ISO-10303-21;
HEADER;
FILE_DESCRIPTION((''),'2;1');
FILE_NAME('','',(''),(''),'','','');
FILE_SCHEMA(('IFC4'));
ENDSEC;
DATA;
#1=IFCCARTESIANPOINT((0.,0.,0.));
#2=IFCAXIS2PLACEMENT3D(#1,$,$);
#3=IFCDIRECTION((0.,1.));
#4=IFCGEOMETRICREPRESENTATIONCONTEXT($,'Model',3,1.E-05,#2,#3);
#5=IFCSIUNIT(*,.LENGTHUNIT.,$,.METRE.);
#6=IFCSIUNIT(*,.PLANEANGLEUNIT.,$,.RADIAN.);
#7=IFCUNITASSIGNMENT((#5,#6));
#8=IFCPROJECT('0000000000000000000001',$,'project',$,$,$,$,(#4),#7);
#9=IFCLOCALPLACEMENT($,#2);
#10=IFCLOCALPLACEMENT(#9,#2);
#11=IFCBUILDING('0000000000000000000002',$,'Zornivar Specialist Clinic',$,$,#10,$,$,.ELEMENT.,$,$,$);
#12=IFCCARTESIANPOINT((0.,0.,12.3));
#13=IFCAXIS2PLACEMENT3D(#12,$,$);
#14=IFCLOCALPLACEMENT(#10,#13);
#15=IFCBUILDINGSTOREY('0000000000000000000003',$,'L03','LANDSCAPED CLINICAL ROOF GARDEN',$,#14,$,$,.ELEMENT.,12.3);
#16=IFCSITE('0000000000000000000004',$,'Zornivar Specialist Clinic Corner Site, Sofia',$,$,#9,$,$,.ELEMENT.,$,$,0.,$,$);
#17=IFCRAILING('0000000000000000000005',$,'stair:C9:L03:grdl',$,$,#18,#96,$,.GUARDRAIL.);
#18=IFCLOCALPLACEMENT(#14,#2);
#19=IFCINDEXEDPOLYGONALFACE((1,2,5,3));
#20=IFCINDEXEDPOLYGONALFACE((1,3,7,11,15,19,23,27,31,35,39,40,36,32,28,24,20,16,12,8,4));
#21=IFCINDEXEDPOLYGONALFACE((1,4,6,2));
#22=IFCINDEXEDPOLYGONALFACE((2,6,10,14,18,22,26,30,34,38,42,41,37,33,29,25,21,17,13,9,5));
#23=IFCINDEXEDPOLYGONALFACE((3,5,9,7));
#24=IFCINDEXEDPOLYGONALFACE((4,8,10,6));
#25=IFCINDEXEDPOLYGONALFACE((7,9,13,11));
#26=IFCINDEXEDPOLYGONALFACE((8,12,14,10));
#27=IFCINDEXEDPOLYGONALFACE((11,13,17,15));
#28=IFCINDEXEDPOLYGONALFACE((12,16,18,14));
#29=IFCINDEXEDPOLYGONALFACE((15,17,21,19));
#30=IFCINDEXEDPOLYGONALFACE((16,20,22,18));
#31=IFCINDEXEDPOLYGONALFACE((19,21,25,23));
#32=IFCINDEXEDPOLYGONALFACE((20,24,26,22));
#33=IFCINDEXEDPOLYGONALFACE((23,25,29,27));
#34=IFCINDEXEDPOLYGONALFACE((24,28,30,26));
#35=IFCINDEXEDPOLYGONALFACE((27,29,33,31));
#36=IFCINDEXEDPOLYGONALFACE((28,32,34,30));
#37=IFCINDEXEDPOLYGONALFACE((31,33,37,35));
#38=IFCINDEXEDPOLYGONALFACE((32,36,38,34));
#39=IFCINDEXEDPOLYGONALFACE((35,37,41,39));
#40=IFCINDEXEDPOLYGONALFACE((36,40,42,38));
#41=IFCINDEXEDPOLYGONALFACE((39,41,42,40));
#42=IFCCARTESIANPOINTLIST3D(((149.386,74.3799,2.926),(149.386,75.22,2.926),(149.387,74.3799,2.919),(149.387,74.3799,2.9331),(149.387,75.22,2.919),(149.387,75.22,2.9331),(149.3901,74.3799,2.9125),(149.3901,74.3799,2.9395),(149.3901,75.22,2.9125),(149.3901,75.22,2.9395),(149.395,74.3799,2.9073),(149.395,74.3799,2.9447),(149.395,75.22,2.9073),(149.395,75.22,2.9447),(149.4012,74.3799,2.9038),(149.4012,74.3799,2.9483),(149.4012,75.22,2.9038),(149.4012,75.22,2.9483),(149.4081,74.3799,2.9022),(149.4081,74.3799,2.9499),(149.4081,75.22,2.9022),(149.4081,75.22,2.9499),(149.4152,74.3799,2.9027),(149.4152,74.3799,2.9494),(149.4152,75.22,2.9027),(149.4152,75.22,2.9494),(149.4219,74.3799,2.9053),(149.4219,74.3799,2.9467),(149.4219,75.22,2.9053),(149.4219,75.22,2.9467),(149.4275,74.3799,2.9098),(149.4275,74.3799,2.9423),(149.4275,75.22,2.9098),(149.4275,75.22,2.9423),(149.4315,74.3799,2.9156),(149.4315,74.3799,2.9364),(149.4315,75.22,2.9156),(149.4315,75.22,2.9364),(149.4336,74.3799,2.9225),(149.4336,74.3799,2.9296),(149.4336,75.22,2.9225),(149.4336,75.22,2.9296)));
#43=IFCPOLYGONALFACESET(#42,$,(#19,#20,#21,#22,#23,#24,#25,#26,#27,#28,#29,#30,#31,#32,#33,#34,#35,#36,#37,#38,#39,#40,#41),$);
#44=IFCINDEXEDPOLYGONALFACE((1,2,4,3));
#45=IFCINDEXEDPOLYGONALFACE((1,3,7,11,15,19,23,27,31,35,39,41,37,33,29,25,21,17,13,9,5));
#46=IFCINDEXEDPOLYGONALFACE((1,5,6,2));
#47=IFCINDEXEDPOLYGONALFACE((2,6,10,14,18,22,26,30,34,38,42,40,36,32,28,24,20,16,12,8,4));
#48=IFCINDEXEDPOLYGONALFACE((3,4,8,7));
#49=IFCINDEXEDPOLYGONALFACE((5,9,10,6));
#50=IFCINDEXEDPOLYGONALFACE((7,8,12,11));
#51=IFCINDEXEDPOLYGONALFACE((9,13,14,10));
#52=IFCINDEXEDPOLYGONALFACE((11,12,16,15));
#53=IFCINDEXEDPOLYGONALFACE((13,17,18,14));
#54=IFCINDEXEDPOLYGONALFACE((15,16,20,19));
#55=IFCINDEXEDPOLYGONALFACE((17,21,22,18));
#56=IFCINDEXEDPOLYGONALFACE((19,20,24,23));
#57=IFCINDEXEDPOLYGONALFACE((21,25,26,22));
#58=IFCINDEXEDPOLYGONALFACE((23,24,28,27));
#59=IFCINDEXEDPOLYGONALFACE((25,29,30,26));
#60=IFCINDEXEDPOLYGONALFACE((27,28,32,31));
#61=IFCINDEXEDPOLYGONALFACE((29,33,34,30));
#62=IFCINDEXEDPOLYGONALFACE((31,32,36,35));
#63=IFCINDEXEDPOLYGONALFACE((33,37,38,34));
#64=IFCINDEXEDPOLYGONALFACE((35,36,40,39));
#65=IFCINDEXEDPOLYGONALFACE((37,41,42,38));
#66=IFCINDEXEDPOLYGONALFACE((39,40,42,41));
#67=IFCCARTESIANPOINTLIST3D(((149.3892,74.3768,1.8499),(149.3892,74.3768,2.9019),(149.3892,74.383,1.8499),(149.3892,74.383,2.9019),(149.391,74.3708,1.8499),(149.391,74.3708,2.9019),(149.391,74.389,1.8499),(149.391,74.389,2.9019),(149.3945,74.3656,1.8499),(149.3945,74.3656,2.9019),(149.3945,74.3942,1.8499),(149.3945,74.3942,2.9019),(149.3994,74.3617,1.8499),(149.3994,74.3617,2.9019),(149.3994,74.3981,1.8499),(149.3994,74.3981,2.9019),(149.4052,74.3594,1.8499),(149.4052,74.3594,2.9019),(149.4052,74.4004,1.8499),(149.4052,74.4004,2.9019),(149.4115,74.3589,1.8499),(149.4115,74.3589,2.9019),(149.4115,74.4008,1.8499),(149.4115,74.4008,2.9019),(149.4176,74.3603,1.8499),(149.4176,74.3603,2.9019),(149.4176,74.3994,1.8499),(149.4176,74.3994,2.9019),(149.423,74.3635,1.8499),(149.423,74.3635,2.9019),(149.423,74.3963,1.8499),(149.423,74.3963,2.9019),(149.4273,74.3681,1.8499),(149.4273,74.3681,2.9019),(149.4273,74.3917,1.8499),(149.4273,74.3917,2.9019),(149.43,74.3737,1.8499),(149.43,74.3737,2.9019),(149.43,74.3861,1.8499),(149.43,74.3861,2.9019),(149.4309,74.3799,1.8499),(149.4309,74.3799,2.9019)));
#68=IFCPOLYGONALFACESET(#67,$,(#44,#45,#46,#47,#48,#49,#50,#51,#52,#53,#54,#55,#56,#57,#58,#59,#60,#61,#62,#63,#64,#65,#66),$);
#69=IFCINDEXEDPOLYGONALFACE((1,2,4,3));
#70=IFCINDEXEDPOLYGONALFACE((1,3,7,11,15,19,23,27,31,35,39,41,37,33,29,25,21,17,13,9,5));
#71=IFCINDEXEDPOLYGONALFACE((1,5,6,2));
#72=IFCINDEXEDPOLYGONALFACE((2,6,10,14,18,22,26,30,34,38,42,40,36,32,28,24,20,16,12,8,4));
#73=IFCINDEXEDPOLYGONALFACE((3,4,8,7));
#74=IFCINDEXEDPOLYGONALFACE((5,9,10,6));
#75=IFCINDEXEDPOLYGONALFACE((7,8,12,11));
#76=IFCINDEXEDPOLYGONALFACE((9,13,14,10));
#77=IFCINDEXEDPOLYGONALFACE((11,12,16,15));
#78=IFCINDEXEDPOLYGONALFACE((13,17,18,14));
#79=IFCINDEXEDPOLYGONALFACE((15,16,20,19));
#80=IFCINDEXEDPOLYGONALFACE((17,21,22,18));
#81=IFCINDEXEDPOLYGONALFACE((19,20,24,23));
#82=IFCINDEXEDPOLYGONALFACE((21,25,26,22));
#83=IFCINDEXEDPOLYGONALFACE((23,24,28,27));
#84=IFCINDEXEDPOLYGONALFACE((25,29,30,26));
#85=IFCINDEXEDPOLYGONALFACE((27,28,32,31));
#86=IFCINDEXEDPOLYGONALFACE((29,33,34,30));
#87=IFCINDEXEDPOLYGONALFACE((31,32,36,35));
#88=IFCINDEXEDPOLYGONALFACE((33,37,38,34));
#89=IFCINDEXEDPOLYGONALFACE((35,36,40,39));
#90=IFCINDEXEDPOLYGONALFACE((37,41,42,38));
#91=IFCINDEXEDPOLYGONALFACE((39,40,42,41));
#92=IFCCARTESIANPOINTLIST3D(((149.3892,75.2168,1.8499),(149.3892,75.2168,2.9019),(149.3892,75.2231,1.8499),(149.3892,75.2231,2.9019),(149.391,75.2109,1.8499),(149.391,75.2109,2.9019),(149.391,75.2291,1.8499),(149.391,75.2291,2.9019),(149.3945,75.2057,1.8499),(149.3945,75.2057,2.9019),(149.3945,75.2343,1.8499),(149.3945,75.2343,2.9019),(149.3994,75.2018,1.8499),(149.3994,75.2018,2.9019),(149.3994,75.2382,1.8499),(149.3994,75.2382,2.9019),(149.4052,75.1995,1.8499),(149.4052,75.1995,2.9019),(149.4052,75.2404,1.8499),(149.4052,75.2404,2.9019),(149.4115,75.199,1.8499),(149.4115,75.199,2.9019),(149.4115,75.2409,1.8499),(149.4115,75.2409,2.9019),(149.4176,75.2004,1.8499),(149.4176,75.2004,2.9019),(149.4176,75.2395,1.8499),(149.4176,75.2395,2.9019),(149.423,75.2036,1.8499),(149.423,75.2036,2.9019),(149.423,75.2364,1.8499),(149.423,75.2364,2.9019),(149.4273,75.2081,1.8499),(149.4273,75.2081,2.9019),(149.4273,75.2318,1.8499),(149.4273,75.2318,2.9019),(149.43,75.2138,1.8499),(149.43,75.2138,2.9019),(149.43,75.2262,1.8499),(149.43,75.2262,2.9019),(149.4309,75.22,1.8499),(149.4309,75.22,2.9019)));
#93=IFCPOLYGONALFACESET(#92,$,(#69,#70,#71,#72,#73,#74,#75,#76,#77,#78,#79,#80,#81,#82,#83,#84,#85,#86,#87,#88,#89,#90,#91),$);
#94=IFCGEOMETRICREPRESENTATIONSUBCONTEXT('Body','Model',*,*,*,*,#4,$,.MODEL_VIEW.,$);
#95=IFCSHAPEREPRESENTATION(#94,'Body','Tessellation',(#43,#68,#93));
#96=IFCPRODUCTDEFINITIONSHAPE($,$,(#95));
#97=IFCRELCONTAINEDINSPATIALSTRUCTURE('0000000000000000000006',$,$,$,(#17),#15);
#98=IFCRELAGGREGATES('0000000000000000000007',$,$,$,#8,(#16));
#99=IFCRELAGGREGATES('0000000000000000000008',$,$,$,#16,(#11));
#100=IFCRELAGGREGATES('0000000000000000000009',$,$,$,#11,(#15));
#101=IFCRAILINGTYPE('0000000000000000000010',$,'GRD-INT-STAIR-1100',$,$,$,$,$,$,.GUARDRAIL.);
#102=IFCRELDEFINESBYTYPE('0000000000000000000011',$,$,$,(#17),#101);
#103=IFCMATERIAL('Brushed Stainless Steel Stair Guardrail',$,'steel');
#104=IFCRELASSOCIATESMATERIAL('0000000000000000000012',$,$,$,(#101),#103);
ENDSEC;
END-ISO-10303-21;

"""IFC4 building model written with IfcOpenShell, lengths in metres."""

from ifc_helpers import new_model, si_unit, direction, frame, origin, origin_2d, place, context, subcontext, project, spatial, circle, extrude, material, type_object, element, save


model = new_model("IFC4")

# Units and contexts
model_context = context("Model", 3, precision=1e-05, world=origin(), true_north=direction((0.0, 1.0)))
body_context = subcontext(model_context, "Body", "Model", "MODEL_VIEW")
ifc_project = project(units=[si_unit("LENGTHUNIT", "METRE"), si_unit("PLANEANGLEUNIT", "RADIAN")], contexts=[model_context])

# Site, building, storey
site_placement = place(None, origin())
site = spatial("IfcSite", under=ifc_project, at=site_placement, Name="Zornivar Specialist Clinic Corner Site, Sofia", CompositionType="ELEMENT", RefElevation=0.0)
building_placement = place(site_placement, origin())
building = spatial("IfcBuilding", under=site, at=building_placement, Name="Zornivar Specialist Clinic", CompositionType="ELEMENT")
storey_placement = place(building_placement, frame((0.0, 0.0, 12.3)))
storey = spatial("IfcBuildingStorey", under=building, at=storey_placement, Name="L03", Description="LANDSCAPED CLINICAL ROOF GARDEN", CompositionType="ELEMENT", Elevation=12.3)

# Railing
ifc_material_1 = material(Name="Brushed Stainless Steel Stair Guardrail", Category="steel")
railing_type_1 = type_object("IfcRailingType", Name="GRD-INT-STAIR-1100", PredefinedType="GUARDRAIL", material=ifc_material_1)
railing_1_placement = place(storey_placement, frame((149.4099, 74.3799, 1.8499)))
element("IfcRailing", 1, at=railing_1_placement, inside=storey, type_object=railing_type_1, Name="stair:C9:L03:grdl", PredefinedType="GUARDRAIL", context=body_context, shape_type="SweptSolid", body=[
    extrude(circle(Radius=0.0239, at=origin_2d()), frame((0.0, 0.0, 1.0762), z_axis=(0.0, 1.0, 0.0), x_axis=(-1.0, 0.0, 0.0)), (0.0, 0.0, 1.0), 0.8401),
    extrude(circle(Radius=0.021, at=origin_2d()), origin(), (0.0, 0.0, 1.0), 1.052),
    extrude(circle(Radius=0.021, at=origin_2d()), frame((0.0, 0.8401, 0.0)), (0.0, 0.0, 1.0), 1.052),
])

save(model, "model.ifc")
